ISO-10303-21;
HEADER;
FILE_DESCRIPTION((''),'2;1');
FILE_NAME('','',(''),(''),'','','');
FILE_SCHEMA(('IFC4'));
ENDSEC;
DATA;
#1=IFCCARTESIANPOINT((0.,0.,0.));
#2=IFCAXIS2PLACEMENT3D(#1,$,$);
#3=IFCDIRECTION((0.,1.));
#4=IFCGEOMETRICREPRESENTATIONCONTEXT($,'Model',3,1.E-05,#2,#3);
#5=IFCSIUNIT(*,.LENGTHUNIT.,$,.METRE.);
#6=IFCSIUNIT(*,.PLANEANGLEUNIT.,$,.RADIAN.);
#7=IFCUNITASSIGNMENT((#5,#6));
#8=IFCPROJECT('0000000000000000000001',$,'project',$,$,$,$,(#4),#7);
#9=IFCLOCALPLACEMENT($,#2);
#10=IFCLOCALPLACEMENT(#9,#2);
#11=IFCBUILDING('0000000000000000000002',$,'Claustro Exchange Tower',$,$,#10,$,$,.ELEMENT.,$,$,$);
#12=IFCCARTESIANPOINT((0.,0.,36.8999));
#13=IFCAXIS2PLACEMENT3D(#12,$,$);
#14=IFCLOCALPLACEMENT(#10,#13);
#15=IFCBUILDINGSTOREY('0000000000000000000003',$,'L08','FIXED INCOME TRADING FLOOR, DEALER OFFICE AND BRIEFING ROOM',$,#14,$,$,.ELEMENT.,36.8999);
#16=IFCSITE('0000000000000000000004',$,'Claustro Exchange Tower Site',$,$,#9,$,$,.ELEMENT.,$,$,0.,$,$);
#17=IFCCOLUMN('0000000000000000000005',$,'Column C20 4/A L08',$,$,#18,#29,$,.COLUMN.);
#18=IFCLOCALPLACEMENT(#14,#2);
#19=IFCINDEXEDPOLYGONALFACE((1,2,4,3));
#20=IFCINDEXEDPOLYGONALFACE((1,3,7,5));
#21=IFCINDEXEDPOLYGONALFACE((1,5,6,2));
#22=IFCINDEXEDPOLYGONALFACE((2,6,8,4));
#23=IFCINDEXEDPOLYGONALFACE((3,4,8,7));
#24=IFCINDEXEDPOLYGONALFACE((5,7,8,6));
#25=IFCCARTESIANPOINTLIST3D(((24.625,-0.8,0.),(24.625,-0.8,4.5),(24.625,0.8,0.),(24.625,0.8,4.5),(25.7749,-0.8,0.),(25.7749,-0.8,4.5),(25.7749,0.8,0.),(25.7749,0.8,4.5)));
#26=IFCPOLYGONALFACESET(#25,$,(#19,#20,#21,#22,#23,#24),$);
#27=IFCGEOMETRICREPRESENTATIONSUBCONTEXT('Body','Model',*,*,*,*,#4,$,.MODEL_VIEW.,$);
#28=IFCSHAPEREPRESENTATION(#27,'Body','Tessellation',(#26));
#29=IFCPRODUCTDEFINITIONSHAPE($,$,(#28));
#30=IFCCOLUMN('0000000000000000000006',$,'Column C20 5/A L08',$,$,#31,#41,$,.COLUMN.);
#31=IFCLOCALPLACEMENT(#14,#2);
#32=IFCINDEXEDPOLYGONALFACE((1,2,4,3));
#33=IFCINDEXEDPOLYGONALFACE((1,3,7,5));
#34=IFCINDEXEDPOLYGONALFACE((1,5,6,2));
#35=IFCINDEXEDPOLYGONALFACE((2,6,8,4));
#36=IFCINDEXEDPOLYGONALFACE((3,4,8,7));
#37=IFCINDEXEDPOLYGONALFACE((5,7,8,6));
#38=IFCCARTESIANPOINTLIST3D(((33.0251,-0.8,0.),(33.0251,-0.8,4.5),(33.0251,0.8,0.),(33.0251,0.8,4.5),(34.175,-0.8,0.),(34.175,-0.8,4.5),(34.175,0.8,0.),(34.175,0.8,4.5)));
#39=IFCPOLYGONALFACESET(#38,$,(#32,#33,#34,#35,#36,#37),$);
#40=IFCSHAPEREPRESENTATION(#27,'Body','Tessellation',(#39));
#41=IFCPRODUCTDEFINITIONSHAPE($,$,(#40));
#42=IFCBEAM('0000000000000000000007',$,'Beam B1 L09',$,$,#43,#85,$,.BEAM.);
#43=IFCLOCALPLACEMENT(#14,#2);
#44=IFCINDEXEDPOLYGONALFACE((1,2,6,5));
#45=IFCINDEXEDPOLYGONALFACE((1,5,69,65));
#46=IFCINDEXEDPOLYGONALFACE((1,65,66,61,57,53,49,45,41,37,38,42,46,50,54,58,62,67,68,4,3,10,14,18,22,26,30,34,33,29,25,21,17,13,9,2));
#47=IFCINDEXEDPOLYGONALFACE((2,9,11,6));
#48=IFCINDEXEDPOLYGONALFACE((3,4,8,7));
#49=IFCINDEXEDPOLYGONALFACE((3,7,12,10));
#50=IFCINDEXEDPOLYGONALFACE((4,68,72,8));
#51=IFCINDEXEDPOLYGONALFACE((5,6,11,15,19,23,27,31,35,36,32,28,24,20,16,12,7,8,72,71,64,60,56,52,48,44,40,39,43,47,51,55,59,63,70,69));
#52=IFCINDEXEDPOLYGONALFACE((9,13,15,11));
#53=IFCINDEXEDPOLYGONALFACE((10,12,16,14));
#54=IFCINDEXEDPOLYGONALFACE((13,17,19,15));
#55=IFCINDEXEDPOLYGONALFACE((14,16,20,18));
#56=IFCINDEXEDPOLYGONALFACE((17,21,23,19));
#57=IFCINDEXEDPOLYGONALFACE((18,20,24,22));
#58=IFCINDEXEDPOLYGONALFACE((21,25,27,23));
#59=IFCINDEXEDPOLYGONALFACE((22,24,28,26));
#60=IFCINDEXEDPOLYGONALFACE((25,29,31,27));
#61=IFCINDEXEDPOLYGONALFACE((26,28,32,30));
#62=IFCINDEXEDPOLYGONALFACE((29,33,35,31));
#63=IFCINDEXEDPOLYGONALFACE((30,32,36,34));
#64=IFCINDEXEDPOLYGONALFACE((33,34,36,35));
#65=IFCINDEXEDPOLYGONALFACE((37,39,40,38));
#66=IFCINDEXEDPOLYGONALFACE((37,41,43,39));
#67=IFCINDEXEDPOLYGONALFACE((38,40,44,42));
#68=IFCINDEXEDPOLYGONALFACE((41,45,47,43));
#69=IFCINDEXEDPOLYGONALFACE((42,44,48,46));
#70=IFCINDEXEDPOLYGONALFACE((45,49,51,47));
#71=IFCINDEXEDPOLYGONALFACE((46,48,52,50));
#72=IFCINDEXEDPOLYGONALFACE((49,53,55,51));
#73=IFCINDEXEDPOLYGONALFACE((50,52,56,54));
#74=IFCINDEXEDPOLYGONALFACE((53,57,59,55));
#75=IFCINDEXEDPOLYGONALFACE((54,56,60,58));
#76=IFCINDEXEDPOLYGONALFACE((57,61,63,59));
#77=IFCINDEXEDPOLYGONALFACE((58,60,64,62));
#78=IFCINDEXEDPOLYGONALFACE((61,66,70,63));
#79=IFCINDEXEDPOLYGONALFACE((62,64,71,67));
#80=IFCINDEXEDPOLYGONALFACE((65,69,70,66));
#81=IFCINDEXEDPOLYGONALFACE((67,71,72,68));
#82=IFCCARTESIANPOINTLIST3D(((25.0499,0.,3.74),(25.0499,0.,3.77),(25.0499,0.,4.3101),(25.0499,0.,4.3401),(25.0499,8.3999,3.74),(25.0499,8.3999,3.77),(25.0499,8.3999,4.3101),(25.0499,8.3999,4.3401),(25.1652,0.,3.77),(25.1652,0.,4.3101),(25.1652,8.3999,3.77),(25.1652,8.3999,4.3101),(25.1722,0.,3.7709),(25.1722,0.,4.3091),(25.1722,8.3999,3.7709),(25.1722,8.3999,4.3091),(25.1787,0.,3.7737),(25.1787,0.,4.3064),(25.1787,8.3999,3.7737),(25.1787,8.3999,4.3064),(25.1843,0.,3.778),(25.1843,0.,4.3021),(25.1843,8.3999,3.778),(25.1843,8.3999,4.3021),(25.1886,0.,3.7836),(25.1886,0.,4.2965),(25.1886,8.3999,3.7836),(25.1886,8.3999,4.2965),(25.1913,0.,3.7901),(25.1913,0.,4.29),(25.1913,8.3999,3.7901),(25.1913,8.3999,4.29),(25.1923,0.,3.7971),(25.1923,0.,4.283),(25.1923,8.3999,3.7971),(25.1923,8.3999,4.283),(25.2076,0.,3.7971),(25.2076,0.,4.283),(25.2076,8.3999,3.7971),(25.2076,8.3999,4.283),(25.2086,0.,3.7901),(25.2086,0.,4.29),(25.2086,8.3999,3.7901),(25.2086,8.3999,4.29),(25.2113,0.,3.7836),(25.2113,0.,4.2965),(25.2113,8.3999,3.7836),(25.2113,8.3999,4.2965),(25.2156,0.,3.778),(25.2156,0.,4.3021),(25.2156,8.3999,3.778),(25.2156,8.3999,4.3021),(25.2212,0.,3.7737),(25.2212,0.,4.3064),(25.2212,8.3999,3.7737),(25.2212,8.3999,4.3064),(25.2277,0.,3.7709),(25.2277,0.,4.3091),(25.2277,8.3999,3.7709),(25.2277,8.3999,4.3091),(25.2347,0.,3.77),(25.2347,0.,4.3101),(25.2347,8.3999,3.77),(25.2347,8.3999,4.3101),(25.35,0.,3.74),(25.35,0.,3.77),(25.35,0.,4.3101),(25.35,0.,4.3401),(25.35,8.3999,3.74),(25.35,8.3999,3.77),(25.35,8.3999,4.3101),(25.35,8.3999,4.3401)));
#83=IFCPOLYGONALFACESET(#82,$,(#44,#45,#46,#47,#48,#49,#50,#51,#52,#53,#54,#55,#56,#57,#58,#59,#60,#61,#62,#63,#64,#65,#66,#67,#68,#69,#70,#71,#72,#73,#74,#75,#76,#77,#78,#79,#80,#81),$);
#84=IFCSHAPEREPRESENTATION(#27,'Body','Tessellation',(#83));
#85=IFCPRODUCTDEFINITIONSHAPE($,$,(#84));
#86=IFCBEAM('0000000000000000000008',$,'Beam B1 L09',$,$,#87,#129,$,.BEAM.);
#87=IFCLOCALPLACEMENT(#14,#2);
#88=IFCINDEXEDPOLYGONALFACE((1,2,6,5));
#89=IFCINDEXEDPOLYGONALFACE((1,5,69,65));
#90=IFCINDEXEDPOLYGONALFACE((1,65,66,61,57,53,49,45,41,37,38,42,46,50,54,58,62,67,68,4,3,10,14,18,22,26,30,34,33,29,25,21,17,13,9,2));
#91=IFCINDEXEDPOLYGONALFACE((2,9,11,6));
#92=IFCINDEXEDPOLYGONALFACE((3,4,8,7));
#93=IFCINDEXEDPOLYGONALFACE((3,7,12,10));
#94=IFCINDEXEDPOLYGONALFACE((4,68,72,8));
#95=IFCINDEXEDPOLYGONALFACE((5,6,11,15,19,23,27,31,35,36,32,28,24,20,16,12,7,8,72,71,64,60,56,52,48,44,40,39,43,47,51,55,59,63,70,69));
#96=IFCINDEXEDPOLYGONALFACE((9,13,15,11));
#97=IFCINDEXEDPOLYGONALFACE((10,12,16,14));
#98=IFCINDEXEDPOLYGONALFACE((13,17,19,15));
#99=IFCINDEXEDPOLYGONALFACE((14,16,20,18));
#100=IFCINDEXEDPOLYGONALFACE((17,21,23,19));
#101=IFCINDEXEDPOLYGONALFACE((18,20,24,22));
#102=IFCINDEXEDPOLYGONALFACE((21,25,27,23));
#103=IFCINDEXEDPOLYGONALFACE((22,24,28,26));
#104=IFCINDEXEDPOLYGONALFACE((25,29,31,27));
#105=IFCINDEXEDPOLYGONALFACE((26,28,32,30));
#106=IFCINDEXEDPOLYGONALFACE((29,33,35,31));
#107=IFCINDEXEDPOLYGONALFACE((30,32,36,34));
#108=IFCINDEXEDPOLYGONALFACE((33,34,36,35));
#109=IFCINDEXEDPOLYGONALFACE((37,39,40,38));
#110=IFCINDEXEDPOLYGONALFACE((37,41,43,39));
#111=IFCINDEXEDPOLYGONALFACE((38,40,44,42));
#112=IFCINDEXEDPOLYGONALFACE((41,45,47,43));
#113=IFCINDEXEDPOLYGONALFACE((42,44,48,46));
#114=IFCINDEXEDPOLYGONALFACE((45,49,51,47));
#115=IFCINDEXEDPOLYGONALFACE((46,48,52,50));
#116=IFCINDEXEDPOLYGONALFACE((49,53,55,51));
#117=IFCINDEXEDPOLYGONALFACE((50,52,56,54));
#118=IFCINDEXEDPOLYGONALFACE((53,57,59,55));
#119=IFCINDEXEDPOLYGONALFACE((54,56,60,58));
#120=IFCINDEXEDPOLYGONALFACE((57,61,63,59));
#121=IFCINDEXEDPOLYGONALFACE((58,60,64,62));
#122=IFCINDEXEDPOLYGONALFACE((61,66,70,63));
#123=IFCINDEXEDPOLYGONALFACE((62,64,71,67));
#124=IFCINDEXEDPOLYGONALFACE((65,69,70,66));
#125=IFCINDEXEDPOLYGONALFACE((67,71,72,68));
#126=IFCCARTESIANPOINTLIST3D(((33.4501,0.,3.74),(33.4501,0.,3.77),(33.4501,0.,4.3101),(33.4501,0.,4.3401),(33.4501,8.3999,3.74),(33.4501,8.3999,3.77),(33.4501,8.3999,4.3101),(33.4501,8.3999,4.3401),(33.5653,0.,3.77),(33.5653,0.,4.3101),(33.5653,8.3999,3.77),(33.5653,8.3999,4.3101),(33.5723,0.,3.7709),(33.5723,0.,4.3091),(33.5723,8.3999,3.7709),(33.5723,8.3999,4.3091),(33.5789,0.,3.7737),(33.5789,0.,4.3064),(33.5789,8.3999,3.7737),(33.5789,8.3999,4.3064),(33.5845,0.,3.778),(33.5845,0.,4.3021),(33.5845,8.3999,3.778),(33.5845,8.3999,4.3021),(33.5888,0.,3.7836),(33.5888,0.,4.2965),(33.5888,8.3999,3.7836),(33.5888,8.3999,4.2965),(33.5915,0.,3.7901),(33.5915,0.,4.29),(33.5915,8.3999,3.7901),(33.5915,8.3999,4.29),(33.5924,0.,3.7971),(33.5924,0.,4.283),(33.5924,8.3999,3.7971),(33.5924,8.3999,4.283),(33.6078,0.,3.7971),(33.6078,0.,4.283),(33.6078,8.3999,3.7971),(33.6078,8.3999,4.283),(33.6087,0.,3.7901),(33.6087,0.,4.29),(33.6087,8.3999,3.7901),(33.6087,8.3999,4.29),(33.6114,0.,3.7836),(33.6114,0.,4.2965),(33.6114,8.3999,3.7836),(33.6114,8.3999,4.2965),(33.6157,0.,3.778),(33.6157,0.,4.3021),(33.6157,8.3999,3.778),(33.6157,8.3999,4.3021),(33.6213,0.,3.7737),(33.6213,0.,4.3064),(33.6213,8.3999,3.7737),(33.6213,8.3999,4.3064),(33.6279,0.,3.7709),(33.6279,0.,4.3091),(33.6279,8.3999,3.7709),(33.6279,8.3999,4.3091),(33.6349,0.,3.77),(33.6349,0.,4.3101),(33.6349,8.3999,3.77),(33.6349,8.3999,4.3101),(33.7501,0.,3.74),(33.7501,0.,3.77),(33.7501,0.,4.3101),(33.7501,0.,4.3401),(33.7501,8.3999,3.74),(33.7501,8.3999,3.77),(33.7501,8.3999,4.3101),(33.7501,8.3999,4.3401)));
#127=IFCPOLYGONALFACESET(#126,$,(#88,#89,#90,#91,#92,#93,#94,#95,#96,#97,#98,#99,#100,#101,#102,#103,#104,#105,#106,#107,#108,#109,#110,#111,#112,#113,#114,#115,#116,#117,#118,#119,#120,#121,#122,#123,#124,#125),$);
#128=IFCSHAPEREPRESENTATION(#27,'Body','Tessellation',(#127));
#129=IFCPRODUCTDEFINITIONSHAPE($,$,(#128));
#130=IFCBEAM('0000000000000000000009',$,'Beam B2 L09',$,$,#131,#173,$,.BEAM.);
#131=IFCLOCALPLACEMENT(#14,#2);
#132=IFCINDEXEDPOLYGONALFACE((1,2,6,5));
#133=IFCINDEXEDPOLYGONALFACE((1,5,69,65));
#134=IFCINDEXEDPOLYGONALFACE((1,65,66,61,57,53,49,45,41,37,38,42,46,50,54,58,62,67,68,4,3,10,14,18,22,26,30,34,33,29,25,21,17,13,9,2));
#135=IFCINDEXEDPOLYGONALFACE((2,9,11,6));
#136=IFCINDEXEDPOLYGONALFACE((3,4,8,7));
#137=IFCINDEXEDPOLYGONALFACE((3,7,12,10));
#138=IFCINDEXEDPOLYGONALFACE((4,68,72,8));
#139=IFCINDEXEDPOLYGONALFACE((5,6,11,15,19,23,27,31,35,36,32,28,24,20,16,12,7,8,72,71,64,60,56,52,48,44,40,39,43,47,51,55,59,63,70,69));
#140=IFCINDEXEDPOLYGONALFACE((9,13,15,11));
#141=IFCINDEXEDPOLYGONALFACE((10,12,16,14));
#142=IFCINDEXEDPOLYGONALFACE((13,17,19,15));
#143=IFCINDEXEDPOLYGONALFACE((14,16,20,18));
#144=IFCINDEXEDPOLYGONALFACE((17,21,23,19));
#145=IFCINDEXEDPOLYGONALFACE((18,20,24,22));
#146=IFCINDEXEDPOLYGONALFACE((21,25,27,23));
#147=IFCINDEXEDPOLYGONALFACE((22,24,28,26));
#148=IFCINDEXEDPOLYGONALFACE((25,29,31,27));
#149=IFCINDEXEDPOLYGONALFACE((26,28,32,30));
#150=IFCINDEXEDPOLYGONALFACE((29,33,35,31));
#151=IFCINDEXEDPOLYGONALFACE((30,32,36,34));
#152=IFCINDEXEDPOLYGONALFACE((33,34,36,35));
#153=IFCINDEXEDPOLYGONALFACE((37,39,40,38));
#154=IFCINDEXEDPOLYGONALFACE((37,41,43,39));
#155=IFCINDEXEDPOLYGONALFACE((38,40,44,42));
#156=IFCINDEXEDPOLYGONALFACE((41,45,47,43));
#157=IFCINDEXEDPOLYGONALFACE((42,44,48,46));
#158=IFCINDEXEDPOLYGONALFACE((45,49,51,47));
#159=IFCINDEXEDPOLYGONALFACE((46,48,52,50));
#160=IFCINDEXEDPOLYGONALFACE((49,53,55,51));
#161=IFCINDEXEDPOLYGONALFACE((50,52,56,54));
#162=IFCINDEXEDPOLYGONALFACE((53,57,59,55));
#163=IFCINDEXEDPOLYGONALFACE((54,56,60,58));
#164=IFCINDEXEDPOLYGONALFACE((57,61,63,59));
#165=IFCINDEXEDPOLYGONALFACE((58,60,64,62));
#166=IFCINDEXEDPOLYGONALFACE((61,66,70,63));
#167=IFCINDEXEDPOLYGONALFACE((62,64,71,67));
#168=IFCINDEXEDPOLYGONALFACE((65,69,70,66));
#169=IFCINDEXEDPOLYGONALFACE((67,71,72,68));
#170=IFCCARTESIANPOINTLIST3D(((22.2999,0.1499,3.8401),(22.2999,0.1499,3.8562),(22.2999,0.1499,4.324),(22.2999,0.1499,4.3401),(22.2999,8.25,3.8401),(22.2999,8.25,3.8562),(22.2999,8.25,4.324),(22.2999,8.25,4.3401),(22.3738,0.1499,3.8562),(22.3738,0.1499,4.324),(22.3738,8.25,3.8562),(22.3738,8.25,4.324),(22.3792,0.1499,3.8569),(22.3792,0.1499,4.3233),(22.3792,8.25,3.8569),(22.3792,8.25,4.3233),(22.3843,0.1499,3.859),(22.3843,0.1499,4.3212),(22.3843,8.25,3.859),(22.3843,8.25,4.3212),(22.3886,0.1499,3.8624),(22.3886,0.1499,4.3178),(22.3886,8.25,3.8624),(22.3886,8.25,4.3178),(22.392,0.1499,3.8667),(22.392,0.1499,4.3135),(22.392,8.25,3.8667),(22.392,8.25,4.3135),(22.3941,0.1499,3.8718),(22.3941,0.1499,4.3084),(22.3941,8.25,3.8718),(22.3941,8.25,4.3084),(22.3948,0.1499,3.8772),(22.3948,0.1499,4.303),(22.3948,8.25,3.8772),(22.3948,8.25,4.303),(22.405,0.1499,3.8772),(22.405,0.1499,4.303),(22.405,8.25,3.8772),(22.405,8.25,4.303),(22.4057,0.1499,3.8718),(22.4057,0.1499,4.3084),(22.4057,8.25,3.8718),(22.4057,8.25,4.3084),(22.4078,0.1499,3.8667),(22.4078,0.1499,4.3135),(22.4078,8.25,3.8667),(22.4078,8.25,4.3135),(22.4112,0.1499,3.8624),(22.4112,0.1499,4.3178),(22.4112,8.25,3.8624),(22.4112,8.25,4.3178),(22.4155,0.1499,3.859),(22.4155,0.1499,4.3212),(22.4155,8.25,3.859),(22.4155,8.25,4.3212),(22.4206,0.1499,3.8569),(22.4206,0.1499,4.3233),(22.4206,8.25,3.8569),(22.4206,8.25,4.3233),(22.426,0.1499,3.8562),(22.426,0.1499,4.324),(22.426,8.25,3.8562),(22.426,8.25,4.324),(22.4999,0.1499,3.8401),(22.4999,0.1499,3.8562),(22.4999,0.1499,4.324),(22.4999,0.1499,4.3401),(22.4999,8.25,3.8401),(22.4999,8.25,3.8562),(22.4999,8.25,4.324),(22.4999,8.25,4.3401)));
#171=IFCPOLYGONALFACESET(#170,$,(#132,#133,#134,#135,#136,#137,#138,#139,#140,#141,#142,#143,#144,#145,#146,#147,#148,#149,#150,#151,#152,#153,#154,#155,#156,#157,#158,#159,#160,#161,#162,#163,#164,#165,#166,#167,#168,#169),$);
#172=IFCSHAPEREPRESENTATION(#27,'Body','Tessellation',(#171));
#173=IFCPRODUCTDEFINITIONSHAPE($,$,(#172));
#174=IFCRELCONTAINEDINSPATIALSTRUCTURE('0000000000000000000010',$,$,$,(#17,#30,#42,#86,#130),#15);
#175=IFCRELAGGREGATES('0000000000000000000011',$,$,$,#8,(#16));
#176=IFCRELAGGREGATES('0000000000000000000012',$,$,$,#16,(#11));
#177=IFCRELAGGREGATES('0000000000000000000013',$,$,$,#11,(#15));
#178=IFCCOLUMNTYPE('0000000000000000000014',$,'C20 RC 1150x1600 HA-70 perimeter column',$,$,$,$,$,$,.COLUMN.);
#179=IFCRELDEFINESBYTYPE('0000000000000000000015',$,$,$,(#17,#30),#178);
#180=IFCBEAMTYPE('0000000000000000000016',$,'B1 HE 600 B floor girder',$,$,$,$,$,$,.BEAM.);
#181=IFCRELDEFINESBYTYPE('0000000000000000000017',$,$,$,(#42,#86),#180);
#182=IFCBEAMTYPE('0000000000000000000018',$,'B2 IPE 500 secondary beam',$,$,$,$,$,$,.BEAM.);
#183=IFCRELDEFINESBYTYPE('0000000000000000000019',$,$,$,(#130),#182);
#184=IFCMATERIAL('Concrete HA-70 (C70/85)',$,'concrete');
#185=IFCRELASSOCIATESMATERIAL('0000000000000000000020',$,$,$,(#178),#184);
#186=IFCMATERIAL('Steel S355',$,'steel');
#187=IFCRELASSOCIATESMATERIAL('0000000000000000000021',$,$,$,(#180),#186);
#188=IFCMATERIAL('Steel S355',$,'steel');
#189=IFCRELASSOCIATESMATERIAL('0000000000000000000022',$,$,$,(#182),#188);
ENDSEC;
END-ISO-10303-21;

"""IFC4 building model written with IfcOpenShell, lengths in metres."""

from ifc_helpers import new_model, si_unit, direction, frame, origin, origin_2d, place, context, subcontext, project, spatial, rectangle, i_section, extrude, material, material_profile, profile_set, type_object, element, save


model = new_model("IFC4")

# Units and contexts
model_context = context("Model", 3, precision=1e-05, world=origin(), true_north=direction((0.0, 1.0)))
body_context = subcontext(model_context, "Body", "Model", "MODEL_VIEW")
ifc_project = project(units=[si_unit("LENGTHUNIT", "METRE"), si_unit("PLANEANGLEUNIT", "RADIAN")], contexts=[model_context])

# Site, building, storey
site_placement = place(None, origin())
site = spatial("IfcSite", under=ifc_project, at=site_placement, Name="Claustro Exchange Tower Site", CompositionType="ELEMENT", RefElevation=0.0)
building_placement = place(site_placement, origin())
building = spatial("IfcBuilding", under=site, at=building_placement, Name="Claustro Exchange Tower", CompositionType="ELEMENT")
storey_placement = place(building_placement, frame((0.0, 0.0, 36.8999)))
storey = spatial("IfcBuildingStorey", under=building, at=storey_placement, Name="L08", Description="FIXED INCOME TRADING FLOOR, DEALER OFFICE AND BRIEFING ROOM", CompositionType="ELEMENT", Elevation=36.8999)

# Columns
ifc_material_1 = material(Name="Concrete HA-70 (C70/85)", Category="concrete")
ifc_material_profile_1 = material_profile(ifc_material_1, rectangle(XDim=1.1499, YDim=1.6001, at=origin_2d()), Name="RC 1150x1600")
ifc_profile_set_1 = profile_set([ifc_material_profile_1], Name="Concrete HA-70 (C70/85)")
column_type = type_object("IfcColumnType", Name="C20 RC 1150x1600 HA-70 perimeter column", PredefinedType="COLUMN", material=ifc_profile_set_1)
for number, where, z_axis, x_axis, name in (
    (1, (25.2, 0.0, 0.0), (0.0, 0.0, 1.0), (1.0, 0.0, 0.0), "Column C20 4/A L08"),
    (2, (33.6001, 0.0, 0.0), (0.0, 0.0, 1.0), (1.0, 0.0, 0.0), "Column C20 5/A L08"),
):
    element("IfcColumn", number, at=place(storey_placement, frame(where, z_axis=z_axis, x_axis=x_axis)), inside=storey, type_object=column_type, Name=name, PredefinedType="COLUMN", context=body_context, shape_type="SweptSolid", body=[
        extrude(rectangle(XDim=1.1499, YDim=1.6001, at=origin_2d()), origin(), (0.0, 0.0, 1.0), 4.5),
    ])

# Beams
ifc_material_2 = material(Name="Steel S355", Category="steel")
ifc_material_profile_2 = material_profile(ifc_material_2, i_section(OverallWidth=0.3, OverallDepth=0.6001, WebThickness=0.0154, FlangeThickness=0.03, FilletRadius=0.0271, at=origin_2d()), Name="HE 600 B")
ifc_profile_set_2 = profile_set([ifc_material_profile_2], Name="Steel S355")
beam_type_1 = type_object("IfcBeamType", Name="B1 HE 600 B floor girder", PredefinedType="BEAM", material=ifc_profile_set_2)
for number, where, z_axis, x_axis, name in (
    (3, (25.2, 0.0, 4.04), (0.0, 1.0, 0.0), (-1.0, 0.0, 0.0), "Beam B1 L09"),
    (4, (33.6001, 0.0, 4.04), (0.0, 1.0, 0.0), (-1.0, 0.0, 0.0), "Beam B1 L09"),
):
    element("IfcBeam", number, at=place(storey_placement, frame(where, z_axis=z_axis, x_axis=x_axis)), inside=storey, type_object=beam_type_1, Name=name, PredefinedType="BEAM", context=body_context, shape_type="SweptSolid", body=[
        extrude(i_section(OverallWidth=0.3, OverallDepth=0.6001, WebThickness=0.0154, FlangeThickness=0.03, FilletRadius=0.0271, at=origin_2d()), origin(), (0.0, 0.0, 1.0), 8.3999),
    ])
ifc_material_3 = material(Name="Steel S355", Category="steel")
ifc_material_profile_3 = material_profile(ifc_material_3, i_section(OverallWidth=0.2, OverallDepth=0.5, WebThickness=0.0103, FlangeThickness=0.0161, FilletRadius=0.021, at=origin_2d()), Name="IPE 500")
ifc_profile_set_3 = profile_set([ifc_material_profile_3], Name="Steel S355")
beam_type_2 = type_object("IfcBeamType", Name="B2 IPE 500 secondary beam", PredefinedType="BEAM", material=ifc_profile_set_3)
for number, where, z_axis, x_axis, name in (
    (5, (22.3999, 0.1499, 4.0901), (0.0, 1.0, 0.0), (-1.0, 0.0, 0.0), "Beam B2 L09"),
):
    element("IfcBeam", number, at=place(storey_placement, frame(where, z_axis=z_axis, x_axis=x_axis)), inside=storey, type_object=beam_type_2, Name=name, PredefinedType="BEAM", context=body_context, shape_type="SweptSolid", body=[
        extrude(i_section(OverallWidth=0.2, OverallDepth=0.5, WebThickness=0.0103, FlangeThickness=0.0161, FilletRadius=0.021, at=origin_2d()), origin(), (0.0, 0.0, 1.0), 8.1001),
    ])

save(model, "model.ifc")
